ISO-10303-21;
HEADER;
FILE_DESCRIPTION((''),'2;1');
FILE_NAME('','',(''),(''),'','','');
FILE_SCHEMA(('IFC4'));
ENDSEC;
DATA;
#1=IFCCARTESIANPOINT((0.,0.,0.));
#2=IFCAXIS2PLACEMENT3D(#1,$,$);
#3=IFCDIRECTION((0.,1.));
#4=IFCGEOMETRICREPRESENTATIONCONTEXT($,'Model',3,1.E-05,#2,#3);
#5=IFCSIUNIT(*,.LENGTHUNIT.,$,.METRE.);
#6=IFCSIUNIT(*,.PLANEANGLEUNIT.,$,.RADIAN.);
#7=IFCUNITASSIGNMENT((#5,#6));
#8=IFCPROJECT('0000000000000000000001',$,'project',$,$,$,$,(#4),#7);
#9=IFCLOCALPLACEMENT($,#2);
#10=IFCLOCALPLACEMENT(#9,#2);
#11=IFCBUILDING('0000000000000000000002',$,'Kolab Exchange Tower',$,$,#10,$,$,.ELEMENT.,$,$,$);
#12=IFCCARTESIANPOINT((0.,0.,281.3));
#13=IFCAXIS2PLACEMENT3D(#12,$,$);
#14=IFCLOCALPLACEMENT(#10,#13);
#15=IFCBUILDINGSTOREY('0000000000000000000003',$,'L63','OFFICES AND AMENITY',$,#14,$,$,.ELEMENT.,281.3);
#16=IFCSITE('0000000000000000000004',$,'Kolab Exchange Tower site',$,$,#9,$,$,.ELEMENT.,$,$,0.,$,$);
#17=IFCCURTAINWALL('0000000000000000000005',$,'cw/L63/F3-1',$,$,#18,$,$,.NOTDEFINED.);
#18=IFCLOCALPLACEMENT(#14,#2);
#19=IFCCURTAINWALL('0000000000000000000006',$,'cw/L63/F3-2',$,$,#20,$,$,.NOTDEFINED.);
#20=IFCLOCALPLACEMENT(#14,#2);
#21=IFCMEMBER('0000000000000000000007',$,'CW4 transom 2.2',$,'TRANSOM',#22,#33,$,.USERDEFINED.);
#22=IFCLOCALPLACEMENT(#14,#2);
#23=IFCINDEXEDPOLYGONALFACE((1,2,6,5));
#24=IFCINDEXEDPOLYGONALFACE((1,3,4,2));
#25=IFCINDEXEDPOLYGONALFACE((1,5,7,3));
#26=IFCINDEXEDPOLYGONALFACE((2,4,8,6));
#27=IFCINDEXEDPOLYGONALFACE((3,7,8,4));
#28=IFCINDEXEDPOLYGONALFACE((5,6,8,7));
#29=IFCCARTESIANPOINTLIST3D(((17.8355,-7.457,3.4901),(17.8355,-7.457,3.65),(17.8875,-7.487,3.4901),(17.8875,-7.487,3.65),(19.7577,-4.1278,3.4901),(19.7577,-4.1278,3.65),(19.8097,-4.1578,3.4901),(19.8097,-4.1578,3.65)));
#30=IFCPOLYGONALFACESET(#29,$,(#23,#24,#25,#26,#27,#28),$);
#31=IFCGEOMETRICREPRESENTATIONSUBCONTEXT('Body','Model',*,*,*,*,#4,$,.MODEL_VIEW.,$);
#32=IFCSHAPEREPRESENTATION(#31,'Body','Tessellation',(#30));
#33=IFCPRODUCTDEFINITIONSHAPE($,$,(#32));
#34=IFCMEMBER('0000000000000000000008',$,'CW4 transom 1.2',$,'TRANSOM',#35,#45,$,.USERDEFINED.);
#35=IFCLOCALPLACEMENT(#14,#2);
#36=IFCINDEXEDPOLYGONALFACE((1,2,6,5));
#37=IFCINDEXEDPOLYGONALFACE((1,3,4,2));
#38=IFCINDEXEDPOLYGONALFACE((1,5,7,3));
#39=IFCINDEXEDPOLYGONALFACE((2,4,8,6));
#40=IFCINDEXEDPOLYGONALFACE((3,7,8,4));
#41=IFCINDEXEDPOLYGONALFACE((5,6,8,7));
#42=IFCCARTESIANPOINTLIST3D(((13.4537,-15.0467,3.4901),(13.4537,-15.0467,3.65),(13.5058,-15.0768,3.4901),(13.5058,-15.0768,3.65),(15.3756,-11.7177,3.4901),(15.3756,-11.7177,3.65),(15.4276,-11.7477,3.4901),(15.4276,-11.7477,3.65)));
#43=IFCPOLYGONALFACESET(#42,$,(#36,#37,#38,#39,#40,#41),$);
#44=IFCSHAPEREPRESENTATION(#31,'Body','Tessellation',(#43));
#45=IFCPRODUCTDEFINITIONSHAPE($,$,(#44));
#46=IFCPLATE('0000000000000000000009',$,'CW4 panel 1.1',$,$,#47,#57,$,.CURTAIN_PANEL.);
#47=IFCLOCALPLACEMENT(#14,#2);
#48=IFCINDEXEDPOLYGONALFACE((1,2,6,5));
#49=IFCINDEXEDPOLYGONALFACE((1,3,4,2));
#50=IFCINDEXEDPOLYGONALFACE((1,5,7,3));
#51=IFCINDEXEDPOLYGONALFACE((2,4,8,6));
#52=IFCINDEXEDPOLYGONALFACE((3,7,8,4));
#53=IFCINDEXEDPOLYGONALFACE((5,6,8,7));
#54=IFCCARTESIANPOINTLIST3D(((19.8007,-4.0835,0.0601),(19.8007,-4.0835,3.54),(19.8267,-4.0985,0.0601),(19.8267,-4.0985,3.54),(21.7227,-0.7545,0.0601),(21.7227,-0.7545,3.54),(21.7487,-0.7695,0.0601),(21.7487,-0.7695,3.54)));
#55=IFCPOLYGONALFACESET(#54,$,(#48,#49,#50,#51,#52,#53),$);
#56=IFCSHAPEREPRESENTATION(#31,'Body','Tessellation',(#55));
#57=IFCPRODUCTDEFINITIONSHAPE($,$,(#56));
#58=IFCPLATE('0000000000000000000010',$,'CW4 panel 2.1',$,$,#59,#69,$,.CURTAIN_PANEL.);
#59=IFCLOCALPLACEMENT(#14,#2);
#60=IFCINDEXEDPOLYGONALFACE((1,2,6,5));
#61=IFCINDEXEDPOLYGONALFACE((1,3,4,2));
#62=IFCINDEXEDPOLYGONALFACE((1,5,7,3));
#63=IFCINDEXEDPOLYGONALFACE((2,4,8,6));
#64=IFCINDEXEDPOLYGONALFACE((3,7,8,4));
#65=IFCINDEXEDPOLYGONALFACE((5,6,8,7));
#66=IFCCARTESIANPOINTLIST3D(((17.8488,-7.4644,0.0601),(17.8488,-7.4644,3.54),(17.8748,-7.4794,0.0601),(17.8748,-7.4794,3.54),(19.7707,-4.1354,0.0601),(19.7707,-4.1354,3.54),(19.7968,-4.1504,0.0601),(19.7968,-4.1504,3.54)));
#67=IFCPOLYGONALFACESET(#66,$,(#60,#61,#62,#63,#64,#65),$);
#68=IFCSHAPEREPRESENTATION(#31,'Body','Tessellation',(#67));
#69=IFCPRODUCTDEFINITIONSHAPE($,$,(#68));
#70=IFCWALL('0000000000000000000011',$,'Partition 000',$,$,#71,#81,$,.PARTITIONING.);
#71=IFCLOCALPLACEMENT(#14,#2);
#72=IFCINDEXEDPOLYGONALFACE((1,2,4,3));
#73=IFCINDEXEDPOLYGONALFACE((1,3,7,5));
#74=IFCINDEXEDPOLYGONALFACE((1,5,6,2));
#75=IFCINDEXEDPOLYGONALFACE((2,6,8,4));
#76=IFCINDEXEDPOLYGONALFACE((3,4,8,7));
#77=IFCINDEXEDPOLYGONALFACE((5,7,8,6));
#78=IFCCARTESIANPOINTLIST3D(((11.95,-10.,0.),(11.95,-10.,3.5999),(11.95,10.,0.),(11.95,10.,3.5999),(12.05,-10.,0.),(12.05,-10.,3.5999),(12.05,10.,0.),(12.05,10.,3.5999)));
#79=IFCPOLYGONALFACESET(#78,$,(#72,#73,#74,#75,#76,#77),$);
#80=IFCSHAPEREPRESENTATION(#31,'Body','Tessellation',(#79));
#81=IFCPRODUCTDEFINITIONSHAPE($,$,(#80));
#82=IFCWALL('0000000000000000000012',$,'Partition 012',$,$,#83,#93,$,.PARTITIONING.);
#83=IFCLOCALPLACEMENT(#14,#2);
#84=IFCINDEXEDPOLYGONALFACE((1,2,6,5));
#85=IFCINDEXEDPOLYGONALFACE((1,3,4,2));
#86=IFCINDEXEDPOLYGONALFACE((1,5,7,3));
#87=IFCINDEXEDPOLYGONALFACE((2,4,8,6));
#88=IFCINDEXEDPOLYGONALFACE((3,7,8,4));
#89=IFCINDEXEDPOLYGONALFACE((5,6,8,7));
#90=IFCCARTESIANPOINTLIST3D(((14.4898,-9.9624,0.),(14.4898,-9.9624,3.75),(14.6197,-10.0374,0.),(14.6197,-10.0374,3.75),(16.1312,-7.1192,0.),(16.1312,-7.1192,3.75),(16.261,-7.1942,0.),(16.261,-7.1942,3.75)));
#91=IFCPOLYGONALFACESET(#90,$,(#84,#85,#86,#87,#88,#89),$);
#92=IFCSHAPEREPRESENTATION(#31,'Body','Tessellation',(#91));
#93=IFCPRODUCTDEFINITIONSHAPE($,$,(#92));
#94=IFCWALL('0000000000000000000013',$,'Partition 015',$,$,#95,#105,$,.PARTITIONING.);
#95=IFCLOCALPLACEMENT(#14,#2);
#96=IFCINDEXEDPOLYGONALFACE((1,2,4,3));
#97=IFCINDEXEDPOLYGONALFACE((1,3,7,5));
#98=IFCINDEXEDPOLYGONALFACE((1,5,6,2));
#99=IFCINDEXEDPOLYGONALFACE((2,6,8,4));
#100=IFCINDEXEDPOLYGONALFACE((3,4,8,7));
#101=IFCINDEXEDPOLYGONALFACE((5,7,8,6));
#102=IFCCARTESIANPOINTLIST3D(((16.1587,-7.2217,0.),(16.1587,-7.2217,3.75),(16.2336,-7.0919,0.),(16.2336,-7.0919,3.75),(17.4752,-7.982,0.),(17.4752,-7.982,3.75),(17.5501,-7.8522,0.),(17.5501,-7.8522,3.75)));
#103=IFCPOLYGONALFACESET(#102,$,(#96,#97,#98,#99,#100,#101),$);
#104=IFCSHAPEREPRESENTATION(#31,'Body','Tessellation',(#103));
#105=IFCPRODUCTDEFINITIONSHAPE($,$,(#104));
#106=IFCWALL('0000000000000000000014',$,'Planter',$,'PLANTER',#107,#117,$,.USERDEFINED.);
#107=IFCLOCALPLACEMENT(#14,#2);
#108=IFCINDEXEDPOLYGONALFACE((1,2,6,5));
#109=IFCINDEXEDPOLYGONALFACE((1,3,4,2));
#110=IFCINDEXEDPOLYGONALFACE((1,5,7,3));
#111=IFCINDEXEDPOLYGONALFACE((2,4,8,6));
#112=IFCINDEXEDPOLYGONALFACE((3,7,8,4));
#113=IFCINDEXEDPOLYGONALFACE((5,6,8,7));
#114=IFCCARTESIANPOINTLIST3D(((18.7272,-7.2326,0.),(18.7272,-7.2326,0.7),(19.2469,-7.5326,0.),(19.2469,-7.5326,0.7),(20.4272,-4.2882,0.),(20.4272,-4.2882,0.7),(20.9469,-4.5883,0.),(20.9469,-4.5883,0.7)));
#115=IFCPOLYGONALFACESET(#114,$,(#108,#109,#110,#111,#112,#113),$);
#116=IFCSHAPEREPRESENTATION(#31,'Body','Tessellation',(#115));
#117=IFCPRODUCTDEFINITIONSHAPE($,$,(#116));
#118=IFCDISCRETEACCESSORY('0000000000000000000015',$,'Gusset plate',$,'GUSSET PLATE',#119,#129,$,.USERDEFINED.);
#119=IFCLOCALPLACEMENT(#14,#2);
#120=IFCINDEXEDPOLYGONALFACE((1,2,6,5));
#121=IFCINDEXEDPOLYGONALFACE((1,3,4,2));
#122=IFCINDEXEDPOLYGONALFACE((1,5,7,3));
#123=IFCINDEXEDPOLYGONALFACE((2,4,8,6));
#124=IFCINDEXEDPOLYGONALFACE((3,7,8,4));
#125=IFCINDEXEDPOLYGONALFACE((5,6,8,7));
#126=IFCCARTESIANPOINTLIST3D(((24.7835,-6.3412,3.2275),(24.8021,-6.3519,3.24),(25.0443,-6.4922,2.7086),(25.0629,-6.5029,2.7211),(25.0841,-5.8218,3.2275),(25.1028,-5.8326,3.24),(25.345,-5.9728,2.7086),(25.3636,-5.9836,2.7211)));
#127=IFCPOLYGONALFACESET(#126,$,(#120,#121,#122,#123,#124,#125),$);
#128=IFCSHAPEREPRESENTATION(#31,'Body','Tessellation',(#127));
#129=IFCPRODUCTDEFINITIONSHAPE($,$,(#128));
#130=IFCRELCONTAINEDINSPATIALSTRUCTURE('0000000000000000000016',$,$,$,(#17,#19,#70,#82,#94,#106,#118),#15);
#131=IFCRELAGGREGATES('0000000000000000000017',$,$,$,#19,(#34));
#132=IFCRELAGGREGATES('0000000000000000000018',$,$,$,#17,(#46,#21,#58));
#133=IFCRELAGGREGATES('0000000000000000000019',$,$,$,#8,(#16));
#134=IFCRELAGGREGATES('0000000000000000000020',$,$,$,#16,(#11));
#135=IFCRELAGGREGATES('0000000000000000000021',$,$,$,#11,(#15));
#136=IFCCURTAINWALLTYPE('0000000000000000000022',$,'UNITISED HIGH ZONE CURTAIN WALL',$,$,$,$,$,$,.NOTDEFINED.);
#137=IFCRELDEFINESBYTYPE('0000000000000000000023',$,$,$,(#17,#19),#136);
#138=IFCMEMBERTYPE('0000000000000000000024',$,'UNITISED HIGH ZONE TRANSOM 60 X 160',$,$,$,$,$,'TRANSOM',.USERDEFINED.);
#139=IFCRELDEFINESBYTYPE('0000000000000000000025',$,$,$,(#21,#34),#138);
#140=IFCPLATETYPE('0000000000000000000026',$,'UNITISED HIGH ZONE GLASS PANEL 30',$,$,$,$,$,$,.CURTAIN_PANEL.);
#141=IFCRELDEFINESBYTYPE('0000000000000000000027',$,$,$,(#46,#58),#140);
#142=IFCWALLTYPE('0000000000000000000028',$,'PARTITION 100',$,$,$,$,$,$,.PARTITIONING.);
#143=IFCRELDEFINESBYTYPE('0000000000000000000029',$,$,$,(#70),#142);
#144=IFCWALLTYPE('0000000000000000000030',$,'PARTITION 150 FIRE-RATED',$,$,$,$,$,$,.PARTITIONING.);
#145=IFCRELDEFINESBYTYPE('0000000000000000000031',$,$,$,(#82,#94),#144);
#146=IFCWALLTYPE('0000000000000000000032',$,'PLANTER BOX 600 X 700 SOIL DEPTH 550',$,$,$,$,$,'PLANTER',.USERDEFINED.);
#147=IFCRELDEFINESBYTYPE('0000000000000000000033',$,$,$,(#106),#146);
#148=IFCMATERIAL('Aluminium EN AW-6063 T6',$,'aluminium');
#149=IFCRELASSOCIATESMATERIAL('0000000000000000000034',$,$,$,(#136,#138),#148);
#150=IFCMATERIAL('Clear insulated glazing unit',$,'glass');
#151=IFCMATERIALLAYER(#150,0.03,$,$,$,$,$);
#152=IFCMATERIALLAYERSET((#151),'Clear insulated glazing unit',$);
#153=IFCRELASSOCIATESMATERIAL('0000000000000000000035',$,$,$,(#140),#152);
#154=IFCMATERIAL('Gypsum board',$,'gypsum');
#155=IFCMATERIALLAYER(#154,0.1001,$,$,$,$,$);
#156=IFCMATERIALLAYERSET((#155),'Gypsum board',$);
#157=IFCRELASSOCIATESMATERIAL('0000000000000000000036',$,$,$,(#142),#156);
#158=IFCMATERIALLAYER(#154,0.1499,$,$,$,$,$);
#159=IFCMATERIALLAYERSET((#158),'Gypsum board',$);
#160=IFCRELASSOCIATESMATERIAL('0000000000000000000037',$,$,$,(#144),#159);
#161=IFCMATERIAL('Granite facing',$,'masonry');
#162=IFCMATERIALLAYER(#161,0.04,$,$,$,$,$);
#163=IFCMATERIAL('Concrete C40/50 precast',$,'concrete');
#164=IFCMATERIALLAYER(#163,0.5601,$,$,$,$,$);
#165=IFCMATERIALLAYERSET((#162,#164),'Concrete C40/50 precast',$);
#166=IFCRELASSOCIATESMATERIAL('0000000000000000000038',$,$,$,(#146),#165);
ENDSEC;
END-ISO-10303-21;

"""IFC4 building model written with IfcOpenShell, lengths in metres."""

from ifc_helpers import new_model, si_unit, direction, frame, frame_2d, origin, origin_2d, place, context, subcontext, project, spatial, rectangle, extrude, material, layer, layer_set, material_profile, profile_set, type_object, element, aggregate, save


model = new_model("IFC4")

# Units and contexts
model_context = context("Model", 3, precision=1e-05, world=origin(), true_north=direction((0.0, 1.0)))
body_context = subcontext(model_context, "Body", "Model", "MODEL_VIEW")
ifc_project = project(units=[si_unit("LENGTHUNIT", "METRE"), si_unit("PLANEANGLEUNIT", "RADIAN")], contexts=[model_context])

# Site, building, storey
site_placement = place(None, origin())
site = spatial("IfcSite", under=ifc_project, at=site_placement, Name="Kolab Exchange Tower site", CompositionType="ELEMENT", RefElevation=0.0)
building_placement = place(site_placement, origin())
building = spatial("IfcBuilding", under=site, at=building_placement, Name="Kolab Exchange Tower", CompositionType="ELEMENT")
storey_placement = place(building_placement, frame((0.0, 0.0, 281.3)))
storey = spatial("IfcBuildingStorey", under=building, at=storey_placement, Name="L63", Description="OFFICES AND AMENITY", CompositionType="ELEMENT", Elevation=281.3)

# Curtain wall
ifc_material_1 = material(Name="Aluminium EN AW-6063 T6", Category="aluminium")
curtain_wall_type = type_object("IfcCurtainWallType", Name="UNITISED HIGH ZONE CURTAIN WALL", PredefinedType="NOTDEFINED", material=ifc_material_1)
curtain_wall_1_placement = place(storey_placement, origin())
curtain_wall_1 = element("IfcCurtainWall", 1, at=curtain_wall_1_placement, inside=storey, type_object=curtain_wall_type, Name="cw/L63/F3-1", PredefinedType="NOTDEFINED")

# Curtain wall
curtain_wall_2_placement = place(storey_placement, origin())
curtain_wall_2 = element("IfcCurtainWall", 2, at=curtain_wall_2_placement, inside=storey, type_object=curtain_wall_type, Name="cw/L63/F3-2", PredefinedType="NOTDEFINED")

# Members
ifc_material_profile_1 = material_profile(ifc_material_1, rectangle(XDim=0.0601, YDim=0.1599, at=origin_2d()), Name="RECT 60X160")
ifc_profile_set_1 = profile_set([ifc_material_profile_1], Name="Aluminium EN AW-6063 T6")
member_type_1 = type_object("IfcMemberType", Name="UNITISED HIGH ZONE TRANSOM 60 X 160", ElementType="TRANSOM", PredefinedType="USERDEFINED", material=ifc_profile_set_1)
member_1_placement = place(storey_placement, frame((19.7837, -4.1428, 3.5701), z_axis=(-0.500012, -0.866018, 0.0), x_axis=(0.866018, -0.500012, 0.0)))
member_1 = element("IfcMember", 3, at=member_1_placement, type_object=member_type_1, Name="CW4 transom 2.2", ObjectType="TRANSOM", PredefinedType="USERDEFINED", context=body_context, shape_type="SweptSolid", body=[
    extrude(rectangle(XDim=0.0601, YDim=0.1599, at=origin_2d()), origin(), (0.0, 0.0, 1.0), 3.8442),
])
member_2_placement = place(storey_placement, frame((15.4016, -11.7327, 3.5701), z_axis=(-0.499964, -0.866046, 0.0), x_axis=(0.866046, -0.499964, 0.0)))
member_2 = element("IfcMember", 4, at=member_2_placement, type_object=member_type_1, Name="CW4 transom 1.2", ObjectType="TRANSOM", PredefinedType="USERDEFINED", context=body_context, shape_type="SweptSolid", body=[
    extrude(rectangle(XDim=0.0601, YDim=0.1599, at=origin_2d()), origin(), (0.0, 0.0, 1.0), 3.844),
])
aggregate(curtain_wall_2, [member_2])

# Plates
ifc_material_2 = material(Name="Clear insulated glazing unit", Category="glass")
ifc_layer_1 = layer(ifc_material_2, 0.03)
ifc_layer_set_1 = layer_set([ifc_layer_1], Name="Clear insulated glazing unit")
plate_type = type_object("IfcPlateType", Name="UNITISED HIGH ZONE GLASS PANEL 30", PredefinedType="CURTAIN_PANEL", material=ifc_layer_set_1)
plate_1_placement = place(storey_placement, frame((20.7747, -2.4265, 0.0601), z_axis=(0.0, 0.0, 1.0), x_axis=(-0.5, -0.866025, 0.0)))
plate_1 = element("IfcPlate", 5, at=plate_1_placement, type_object=plate_type, Name="CW4 panel 1.1", PredefinedType="CURTAIN_PANEL", context=body_context, shape_type="SweptSolid", body=[
    extrude(rectangle(XDim=3.844, YDim=0.03, at=origin_2d()), origin(), (0.0, 0.0, 1.0), 3.48),
])
plate_2_placement = place(storey_placement, frame((18.8228, -5.8074, 0.0601), z_axis=(0.0, 0.0, 1.0), x_axis=(-0.5, -0.866025, 0.0)))
plate_2 = element("IfcPlate", 6, at=plate_2_placement, type_object=plate_type, Name="CW4 panel 2.1", PredefinedType="CURTAIN_PANEL", context=body_context, shape_type="SweptSolid", body=[
    extrude(rectangle(XDim=3.844, YDim=0.03, at=origin_2d()), origin(), (0.0, 0.0, 1.0), 3.48),
])
aggregate(curtain_wall_1, [plate_1, member_1, plate_2])

# Walls
ifc_material_3 = material(Name="Gypsum board", Category="gypsum")
ifc_layer_2 = layer(ifc_material_3, 0.1001)
ifc_layer_set_2 = layer_set([ifc_layer_2], Name="Gypsum board")
wall_type_1 = type_object("IfcWallType", Name="PARTITION 100", PredefinedType="PARTITIONING", material=ifc_layer_set_2)
wall_1_placement = place(storey_placement, frame((12.0, -10.0, 0.0), z_axis=(0.0, 0.0, 1.0), x_axis=(0.0, 1.0, 0.0)))
element("IfcWall", 7, at=wall_1_placement, inside=storey, type_object=wall_type_1, Name="Partition 000", PredefinedType="PARTITIONING", context=body_context, shape_type="SweptSolid", body=[
    extrude(rectangle(XDim=20.0, YDim=0.1001, at=frame_2d((10.0, 0.0))), origin(), (0.0, 0.0, 1.0), 3.5999),
])
ifc_layer_3 = layer(ifc_material_3, 0.1499)
ifc_layer_set_3 = layer_set([ifc_layer_3], Name="Gypsum board")
wall_type_2 = type_object("IfcWallType", Name="PARTITION 150 FIRE-RATED", PredefinedType="PARTITIONING", material=ifc_layer_set_3)
wall_2_placement = place(storey_placement, frame((14.5547, -10.0, 0.0), z_axis=(0.0, 0.0, 1.0), x_axis=(0.499954, 0.866052, 0.0)))
element("IfcWall", 8, at=wall_2_placement, inside=storey, type_object=wall_type_2, Name="Partition 012", PredefinedType="PARTITIONING", context=body_context, shape_type="SweptSolid", body=[
    extrude(rectangle(XDim=3.283, YDim=0.1499, at=frame_2d((1.6416, 0.0))), origin(), (0.0, 0.0, 1.0), 3.75),
])
wall_3_placement = place(storey_placement, frame((16.196, -7.1567, 0.0), z_axis=(0.0, 0.0, 1.0), x_axis=(0.865961, -0.500112, 0.0)))
element("IfcWall", 9, at=wall_3_placement, inside=storey, type_object=wall_type_2, Name="Partition 015", PredefinedType="PARTITIONING", context=body_context, shape_type="SweptSolid", body=[
    extrude(rectangle(XDim=1.5203, YDim=0.1499, at=frame_2d((0.7603, 0.0))), origin(), (0.0, 0.0, 1.0), 3.75),
])
ifc_material_4 = material(Name="Granite facing", Category="masonry")
ifc_layer_4 = layer(ifc_material_4, 0.04)
ifc_material_5 = material(Name="Concrete C40/50 precast", Category="concrete")
ifc_layer_5 = layer(ifc_material_5, 0.5601)
ifc_layer_set_4 = layer_set([ifc_layer_4, ifc_layer_5], Name="Concrete C40/50 precast")
wall_type_3 = type_object("IfcWallType", Name="PLANTER BOX 600 X 700 SOIL DEPTH 550", ElementType="PLANTER", PredefinedType="USERDEFINED", material=ifc_layer_set_4)
wall_4_placement = place(storey_placement, frame((20.687, -4.4382, 0.0), z_axis=(0.0, 0.0, 1.0), x_axis=(-0.500008, -0.866021, 0.0)))
element("IfcWall", 10, at=wall_4_placement, inside=storey, type_object=wall_type_3, Name="Planter", ObjectType="PLANTER", PredefinedType="USERDEFINED", context=body_context, shape_type="SweptSolid", body=[
    extrude(rectangle(XDim=3.3999, YDim=0.6001, at=frame_2d((1.7, 0.0))), origin(), (0.0, 0.0, 1.0), 0.7),
])

# Discrete accessory
discrete_accessory_placement = place(storey_placement, frame((25.0642, -6.157, 2.968), z_axis=(0.748378, -0.433272, 0.502201), x_axis=(0.501036, 0.865426, 0.0)))
element("IfcDiscreteAccessory", 11, at=discrete_accessory_placement, inside=storey, Name="Gusset plate", ObjectType="GUSSET PLATE", PredefinedType="USERDEFINED", context=body_context, shape_type="SweptSolid", body=[
    extrude(rectangle(XDim=0.6001, YDim=0.6001, at=origin_2d()), origin(), (0.0, 0.0, 1.0), 0.0249),
])

save(model, "model.ifc")
